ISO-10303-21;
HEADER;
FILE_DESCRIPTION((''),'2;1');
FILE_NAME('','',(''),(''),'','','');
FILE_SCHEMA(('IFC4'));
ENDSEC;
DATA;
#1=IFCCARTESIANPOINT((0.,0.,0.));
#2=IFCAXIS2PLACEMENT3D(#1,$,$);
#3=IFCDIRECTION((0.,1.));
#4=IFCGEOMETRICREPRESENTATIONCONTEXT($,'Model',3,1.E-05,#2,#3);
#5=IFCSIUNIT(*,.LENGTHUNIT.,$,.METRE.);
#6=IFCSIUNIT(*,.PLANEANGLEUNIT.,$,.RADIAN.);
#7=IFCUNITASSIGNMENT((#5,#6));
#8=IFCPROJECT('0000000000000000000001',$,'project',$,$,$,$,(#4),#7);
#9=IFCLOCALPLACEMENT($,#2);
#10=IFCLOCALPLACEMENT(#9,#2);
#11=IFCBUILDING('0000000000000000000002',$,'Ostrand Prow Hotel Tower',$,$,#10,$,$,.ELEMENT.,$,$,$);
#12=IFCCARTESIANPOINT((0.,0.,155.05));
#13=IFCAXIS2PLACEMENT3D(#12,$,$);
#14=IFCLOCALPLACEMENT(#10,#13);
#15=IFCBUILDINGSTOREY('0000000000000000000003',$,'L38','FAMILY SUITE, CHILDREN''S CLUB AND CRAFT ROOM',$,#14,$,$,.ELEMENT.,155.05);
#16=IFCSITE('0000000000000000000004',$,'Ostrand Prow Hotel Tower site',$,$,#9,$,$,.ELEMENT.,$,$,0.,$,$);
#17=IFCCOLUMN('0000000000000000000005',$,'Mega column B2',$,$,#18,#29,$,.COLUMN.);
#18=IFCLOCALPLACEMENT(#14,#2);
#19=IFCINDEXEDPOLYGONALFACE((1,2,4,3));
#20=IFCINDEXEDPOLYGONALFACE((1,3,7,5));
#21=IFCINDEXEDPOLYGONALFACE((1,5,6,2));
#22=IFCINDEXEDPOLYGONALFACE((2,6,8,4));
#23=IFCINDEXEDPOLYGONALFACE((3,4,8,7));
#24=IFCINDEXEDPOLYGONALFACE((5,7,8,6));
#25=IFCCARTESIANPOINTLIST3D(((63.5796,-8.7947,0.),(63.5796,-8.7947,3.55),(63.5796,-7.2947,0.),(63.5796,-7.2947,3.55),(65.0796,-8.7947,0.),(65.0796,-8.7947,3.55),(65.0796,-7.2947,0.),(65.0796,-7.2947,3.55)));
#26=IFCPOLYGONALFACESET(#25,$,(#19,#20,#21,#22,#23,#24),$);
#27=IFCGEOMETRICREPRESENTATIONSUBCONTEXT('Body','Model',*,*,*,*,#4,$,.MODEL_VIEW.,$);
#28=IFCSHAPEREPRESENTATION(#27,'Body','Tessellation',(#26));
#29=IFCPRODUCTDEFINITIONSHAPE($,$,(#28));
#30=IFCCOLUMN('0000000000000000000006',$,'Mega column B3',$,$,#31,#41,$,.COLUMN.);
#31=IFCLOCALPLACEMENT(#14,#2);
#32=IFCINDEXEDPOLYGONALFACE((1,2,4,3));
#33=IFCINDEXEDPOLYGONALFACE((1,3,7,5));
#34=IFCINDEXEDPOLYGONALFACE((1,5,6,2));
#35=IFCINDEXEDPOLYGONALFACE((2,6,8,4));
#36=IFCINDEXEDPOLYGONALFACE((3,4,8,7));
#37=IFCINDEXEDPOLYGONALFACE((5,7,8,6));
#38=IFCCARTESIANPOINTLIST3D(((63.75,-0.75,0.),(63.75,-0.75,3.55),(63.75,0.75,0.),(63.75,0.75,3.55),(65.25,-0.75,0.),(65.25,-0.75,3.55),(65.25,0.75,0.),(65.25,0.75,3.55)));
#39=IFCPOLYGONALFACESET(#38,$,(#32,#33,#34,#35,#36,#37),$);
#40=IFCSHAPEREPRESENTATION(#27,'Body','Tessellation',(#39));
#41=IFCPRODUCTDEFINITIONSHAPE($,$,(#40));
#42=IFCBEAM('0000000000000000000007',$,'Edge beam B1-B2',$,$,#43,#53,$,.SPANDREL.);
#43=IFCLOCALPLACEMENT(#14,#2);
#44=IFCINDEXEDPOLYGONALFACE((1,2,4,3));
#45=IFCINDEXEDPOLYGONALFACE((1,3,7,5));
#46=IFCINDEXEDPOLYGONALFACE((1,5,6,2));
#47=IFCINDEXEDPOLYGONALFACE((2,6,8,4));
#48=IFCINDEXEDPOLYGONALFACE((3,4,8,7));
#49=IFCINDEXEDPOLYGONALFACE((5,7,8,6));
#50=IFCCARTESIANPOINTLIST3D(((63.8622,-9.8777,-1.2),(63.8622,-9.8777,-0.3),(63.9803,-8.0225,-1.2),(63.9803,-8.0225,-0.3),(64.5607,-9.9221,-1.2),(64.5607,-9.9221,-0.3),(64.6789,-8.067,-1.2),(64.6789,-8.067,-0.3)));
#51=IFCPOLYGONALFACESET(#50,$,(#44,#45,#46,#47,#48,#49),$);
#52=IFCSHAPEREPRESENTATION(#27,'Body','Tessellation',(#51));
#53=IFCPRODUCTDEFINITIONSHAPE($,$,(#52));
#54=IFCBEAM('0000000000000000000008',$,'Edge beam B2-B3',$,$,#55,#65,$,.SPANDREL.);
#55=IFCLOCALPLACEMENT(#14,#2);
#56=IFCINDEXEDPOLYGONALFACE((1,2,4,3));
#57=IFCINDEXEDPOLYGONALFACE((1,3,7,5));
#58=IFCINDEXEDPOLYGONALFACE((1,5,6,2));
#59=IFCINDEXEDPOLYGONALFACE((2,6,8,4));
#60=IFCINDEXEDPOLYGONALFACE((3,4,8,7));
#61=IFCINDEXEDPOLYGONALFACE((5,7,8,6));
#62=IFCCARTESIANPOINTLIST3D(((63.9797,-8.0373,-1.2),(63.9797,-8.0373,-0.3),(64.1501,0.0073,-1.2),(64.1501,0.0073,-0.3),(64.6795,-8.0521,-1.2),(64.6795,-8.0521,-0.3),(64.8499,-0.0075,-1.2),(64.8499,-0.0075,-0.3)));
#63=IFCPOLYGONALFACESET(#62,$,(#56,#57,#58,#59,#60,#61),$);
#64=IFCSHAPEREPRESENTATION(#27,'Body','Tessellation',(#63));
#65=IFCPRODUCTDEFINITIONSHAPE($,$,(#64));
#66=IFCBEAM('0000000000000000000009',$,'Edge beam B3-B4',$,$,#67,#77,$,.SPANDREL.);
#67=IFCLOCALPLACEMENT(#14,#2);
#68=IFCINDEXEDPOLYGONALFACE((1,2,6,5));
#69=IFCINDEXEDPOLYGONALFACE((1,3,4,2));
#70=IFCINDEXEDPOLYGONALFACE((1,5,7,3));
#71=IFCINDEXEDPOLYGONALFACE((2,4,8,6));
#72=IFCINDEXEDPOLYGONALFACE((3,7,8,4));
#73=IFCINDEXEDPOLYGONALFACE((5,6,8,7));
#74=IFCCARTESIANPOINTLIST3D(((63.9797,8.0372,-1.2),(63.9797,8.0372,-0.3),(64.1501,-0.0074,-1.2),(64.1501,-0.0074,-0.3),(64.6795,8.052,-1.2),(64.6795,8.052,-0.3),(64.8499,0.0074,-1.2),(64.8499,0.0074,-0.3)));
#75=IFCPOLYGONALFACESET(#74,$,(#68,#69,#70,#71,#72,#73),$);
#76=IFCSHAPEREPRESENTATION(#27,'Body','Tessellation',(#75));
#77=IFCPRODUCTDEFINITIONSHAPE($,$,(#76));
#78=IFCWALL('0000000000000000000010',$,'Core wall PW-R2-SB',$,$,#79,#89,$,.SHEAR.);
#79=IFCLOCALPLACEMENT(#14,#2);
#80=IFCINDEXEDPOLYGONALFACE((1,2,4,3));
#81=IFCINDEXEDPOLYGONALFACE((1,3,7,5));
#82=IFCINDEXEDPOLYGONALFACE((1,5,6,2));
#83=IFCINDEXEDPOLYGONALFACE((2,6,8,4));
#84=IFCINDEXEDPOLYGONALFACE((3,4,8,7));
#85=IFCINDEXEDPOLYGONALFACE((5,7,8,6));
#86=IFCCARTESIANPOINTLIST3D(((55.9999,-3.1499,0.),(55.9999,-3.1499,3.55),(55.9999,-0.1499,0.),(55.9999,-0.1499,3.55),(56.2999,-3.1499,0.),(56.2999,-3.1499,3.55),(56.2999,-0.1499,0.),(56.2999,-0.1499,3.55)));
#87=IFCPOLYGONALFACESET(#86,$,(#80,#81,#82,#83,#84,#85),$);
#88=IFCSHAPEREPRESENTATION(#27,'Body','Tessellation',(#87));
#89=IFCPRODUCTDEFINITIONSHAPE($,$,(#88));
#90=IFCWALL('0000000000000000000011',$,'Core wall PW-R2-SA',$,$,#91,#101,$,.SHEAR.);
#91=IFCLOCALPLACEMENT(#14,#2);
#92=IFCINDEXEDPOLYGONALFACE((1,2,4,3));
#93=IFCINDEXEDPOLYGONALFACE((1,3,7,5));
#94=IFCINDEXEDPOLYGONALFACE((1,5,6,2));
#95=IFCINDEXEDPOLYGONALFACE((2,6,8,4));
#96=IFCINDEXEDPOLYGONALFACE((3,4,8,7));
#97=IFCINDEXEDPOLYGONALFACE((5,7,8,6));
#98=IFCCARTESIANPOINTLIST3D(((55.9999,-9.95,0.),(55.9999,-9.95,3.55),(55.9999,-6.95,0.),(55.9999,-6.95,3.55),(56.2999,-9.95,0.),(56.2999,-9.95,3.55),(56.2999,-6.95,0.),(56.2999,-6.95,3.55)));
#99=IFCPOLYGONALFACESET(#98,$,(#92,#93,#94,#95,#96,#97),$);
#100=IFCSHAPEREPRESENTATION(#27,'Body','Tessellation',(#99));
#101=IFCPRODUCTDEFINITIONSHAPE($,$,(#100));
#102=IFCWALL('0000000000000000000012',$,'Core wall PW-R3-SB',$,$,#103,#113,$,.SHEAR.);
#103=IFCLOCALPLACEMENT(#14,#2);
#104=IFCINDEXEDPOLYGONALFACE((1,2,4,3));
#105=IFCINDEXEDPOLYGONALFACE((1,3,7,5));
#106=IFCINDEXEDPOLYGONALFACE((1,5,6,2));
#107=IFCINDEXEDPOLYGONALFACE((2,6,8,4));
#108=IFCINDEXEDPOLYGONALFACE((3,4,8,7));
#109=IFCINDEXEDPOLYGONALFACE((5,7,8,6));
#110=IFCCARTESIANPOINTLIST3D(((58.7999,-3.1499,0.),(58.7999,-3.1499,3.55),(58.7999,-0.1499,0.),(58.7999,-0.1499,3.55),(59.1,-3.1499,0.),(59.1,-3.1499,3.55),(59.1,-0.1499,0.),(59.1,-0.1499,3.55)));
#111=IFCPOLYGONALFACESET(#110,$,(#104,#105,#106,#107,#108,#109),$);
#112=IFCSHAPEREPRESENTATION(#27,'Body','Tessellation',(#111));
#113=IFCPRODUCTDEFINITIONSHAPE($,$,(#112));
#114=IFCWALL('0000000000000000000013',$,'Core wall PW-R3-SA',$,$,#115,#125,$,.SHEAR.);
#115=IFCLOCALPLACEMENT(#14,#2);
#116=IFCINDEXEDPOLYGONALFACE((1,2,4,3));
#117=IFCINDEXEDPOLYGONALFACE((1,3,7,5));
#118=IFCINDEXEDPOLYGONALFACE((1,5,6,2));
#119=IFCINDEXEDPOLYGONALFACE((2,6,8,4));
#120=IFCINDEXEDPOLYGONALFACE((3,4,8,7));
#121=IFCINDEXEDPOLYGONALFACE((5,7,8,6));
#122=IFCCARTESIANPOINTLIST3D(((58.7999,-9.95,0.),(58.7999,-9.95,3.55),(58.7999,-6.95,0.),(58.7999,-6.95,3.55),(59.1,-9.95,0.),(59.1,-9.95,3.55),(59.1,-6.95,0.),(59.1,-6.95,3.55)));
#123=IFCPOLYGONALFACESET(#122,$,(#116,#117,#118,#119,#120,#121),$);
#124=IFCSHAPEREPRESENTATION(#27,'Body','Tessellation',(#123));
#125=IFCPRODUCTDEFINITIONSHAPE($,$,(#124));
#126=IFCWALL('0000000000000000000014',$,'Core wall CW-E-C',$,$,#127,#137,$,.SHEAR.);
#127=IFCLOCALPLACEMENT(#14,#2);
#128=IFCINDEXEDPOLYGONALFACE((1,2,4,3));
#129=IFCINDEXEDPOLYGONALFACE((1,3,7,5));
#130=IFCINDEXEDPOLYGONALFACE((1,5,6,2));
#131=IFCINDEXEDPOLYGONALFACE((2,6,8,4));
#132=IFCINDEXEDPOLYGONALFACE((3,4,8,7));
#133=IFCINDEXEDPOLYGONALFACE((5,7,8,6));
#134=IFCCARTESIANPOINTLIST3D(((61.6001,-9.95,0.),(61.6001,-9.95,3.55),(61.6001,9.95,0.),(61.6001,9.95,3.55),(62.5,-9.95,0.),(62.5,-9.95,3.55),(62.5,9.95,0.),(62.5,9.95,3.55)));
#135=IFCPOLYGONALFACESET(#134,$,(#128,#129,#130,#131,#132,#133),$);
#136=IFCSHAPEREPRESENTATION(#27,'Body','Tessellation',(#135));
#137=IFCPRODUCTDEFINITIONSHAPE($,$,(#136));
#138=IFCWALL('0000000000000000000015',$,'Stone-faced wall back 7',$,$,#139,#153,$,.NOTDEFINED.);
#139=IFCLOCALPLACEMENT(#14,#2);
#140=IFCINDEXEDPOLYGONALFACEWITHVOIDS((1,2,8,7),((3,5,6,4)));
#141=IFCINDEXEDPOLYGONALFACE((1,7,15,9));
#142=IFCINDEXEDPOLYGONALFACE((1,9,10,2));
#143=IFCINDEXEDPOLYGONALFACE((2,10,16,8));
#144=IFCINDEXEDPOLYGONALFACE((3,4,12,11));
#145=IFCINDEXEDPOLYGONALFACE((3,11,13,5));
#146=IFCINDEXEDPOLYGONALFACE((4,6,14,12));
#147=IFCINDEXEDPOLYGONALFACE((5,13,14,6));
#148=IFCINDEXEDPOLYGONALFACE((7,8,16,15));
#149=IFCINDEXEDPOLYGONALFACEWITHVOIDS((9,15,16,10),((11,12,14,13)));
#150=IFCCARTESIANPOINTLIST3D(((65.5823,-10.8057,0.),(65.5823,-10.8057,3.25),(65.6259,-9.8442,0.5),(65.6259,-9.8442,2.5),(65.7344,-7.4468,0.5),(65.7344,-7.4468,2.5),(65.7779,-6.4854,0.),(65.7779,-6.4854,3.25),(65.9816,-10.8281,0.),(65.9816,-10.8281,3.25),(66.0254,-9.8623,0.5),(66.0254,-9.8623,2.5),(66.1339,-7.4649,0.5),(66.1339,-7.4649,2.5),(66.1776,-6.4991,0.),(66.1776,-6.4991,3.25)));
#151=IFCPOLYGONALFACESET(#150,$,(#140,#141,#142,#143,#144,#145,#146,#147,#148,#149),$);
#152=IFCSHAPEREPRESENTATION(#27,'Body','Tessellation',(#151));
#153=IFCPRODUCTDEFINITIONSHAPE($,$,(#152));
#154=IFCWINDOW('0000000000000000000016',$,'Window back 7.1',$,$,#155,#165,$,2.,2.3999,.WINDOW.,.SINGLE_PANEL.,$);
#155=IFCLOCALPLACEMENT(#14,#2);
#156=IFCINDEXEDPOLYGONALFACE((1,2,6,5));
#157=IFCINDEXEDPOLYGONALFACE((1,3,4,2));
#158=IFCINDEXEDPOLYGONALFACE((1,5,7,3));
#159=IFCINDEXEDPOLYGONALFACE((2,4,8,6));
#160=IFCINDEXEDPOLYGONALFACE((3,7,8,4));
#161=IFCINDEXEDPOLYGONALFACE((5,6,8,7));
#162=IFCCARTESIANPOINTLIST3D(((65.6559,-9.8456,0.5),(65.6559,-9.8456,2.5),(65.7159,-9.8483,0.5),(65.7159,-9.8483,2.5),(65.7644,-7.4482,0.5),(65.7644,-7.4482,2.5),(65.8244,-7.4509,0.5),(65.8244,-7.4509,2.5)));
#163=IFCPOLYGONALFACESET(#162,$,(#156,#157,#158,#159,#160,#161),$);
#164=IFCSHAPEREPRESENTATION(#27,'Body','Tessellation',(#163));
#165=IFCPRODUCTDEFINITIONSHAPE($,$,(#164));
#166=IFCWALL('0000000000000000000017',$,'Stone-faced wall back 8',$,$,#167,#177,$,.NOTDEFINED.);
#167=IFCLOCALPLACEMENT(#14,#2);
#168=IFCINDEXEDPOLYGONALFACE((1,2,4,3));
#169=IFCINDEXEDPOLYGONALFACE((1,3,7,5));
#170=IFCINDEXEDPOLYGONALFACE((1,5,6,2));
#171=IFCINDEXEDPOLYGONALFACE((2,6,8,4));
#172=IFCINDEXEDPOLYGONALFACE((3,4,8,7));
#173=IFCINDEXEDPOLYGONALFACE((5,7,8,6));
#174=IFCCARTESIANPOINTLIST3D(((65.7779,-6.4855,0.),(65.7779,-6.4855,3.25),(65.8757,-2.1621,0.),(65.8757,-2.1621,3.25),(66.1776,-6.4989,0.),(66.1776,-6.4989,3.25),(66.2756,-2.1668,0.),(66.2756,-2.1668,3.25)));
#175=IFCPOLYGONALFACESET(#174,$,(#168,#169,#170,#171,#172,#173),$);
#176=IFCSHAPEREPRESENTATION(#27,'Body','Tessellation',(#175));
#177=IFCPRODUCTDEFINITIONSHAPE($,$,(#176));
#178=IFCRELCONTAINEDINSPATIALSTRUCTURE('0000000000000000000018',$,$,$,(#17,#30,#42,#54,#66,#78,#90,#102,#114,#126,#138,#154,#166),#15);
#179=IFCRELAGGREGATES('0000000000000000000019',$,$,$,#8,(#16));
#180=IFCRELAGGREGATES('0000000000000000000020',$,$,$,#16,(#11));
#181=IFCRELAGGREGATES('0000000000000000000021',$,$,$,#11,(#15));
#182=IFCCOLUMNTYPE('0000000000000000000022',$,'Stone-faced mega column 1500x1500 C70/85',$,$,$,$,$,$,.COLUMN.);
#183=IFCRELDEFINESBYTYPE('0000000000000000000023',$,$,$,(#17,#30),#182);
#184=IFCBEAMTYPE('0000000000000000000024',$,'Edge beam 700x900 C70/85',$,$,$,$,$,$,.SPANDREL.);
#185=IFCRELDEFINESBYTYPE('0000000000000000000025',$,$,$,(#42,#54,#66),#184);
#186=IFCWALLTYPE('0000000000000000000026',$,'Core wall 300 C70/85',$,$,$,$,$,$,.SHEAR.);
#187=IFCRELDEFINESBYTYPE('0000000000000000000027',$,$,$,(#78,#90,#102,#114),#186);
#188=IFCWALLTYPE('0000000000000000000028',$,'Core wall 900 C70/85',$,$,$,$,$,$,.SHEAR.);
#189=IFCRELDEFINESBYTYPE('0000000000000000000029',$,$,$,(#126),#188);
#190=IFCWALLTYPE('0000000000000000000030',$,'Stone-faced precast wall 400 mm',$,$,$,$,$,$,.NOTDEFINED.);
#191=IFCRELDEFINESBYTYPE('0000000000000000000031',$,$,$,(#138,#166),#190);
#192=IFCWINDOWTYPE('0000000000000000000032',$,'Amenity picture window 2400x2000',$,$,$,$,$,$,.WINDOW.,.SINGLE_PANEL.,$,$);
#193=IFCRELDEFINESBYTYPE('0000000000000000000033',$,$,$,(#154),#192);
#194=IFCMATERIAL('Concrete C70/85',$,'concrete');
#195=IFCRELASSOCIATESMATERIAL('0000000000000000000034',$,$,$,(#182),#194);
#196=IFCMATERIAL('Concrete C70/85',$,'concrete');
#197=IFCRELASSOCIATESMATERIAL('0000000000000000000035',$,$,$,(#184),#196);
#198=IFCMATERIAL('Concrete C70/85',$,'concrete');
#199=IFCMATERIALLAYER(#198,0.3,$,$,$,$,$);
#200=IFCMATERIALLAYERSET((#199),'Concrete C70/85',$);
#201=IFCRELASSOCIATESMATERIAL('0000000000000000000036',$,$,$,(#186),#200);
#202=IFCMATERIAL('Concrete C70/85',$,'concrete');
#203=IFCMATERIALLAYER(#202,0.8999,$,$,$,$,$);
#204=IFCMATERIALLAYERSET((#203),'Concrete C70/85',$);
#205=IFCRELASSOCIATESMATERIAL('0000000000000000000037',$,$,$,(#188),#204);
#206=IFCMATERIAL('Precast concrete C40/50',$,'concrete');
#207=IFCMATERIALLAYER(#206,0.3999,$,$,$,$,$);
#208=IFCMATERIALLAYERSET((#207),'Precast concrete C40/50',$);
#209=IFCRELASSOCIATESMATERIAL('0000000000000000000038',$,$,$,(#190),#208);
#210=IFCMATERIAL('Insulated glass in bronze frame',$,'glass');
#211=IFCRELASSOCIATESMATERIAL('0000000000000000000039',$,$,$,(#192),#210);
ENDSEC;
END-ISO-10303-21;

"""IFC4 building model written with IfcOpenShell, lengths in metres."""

from ifc_helpers import new_model, si_unit, direction, frame, frame_2d, origin, origin_2d, place, context, subcontext, project, spatial, polyline, rectangle, outline, extrude, material, layer, layer_set, material_profile, profile_set, type_object, element, fill, save


model = new_model("IFC4")

# Units and contexts
model_context = context("Model", 3, precision=1e-05, world=origin(), true_north=direction((0.0, 1.0)))
body_context = subcontext(model_context, "Body", "Model", "MODEL_VIEW")
ifc_project = project(units=[si_unit("LENGTHUNIT", "METRE"), si_unit("PLANEANGLEUNIT", "RADIAN")], contexts=[model_context])

# Site, building, storey
site_placement = place(None, origin())
site = spatial("IfcSite", under=ifc_project, at=site_placement, Name="Ostrand Prow Hotel Tower site", CompositionType="ELEMENT", RefElevation=0.0)
building_placement = place(site_placement, origin())
building = spatial("IfcBuilding", under=site, at=building_placement, Name="Ostrand Prow Hotel Tower", CompositionType="ELEMENT")
storey_placement = place(building_placement, frame((0.0, 0.0, 155.05)))
storey = spatial("IfcBuildingStorey", under=building, at=storey_placement, Name="L38", Description="FAMILY SUITE, CHILDREN'S CLUB AND CRAFT ROOM", CompositionType="ELEMENT", Elevation=155.05)

# Columns
ifc_material_1 = material(Name="Concrete C70/85", Category="concrete")
ifc_material_profile_1 = material_profile(ifc_material_1, rectangle(XDim=1.5, YDim=1.5, at=origin_2d()), Name="RC 1500x1500")
ifc_profile_set_1 = profile_set([ifc_material_profile_1], Name="Concrete C70/85")
column_type = type_object("IfcColumnType", Name="Stone-faced mega column 1500x1500 C70/85", PredefinedType="COLUMN", material=ifc_profile_set_1)
for number, where, z_axis, x_axis, name in (
    (1, (64.3296, -8.0447, 0.0), (0.0, 0.0, 1.0), (1.0, 0.0, 0.0), "Mega column B2"),
    (2, (64.5, 0.0, 0.0), (0.0, 0.0, 1.0), (1.0, 0.0, 0.0), "Mega column B3"),
):
    element("IfcColumn", number, at=place(storey_placement, frame(where, z_axis=z_axis, x_axis=x_axis)), inside=storey, type_object=column_type, Name=name, PredefinedType="COLUMN", context=body_context, shape_type="SweptSolid", body=[
        extrude(rectangle(XDim=1.5, YDim=1.5, at=origin_2d()), origin(), (0.0, 0.0, 1.0), 3.55),
    ])

# Beams
ifc_material_2 = material(Name="Concrete C70/85", Category="concrete")
ifc_material_profile_2 = material_profile(ifc_material_2, rectangle(XDim=0.7, YDim=0.8999, at=origin_2d()), Name="RC 700x900")
ifc_profile_set_2 = profile_set([ifc_material_profile_2], Name="Concrete C70/85")
beam_type = type_object("IfcBeamType", Name="Edge beam 700x900 C70/85", PredefinedType="SPANDREL", material=ifc_profile_set_2)
beam_placement = place(storey_placement, frame((64.2114, -9.8999, -0.75), z_axis=(0.063564, 0.997978, 0.0), x_axis=(-0.997978, 0.063564, 0.0)))
element("IfcBeam", 3, at=beam_placement, inside=storey, type_object=beam_type, Name="Edge beam B1-B2", PredefinedType="SPANDREL", context=body_context, shape_type="SweptSolid", body=[
    extrude(rectangle(XDim=0.7, YDim=0.8999, at=origin_2d()), origin(), (0.0, 0.0, 1.0), 1.8589),
])
for number, where, z_axis, x_axis, name in (
    (4, (64.3296, -8.0447, -0.75), (0.021178, 0.999776, 0.0), (-0.999776, 0.021178, 0.0), "Edge beam B2-B3"),
    (5, (64.5, 0.0, -0.75), (-0.021178, 0.999776, 0.0), (-0.999776, -0.021178, 0.0), "Edge beam B3-B4"),
):
    element("IfcBeam", number, at=place(storey_placement, frame(where, z_axis=z_axis, x_axis=x_axis)), inside=storey, type_object=beam_type, Name=name, PredefinedType="SPANDREL", context=body_context, shape_type="SweptSolid", body=[
        extrude(rectangle(XDim=0.7, YDim=0.8999, at=origin_2d()), origin(), (0.0, 0.0, 1.0), 8.0464),
    ])

# Walls
ifc_material_3 = material(Name="Concrete C70/85", Category="concrete")
ifc_layer_1 = layer(ifc_material_3, 0.3)
ifc_layer_set_1 = layer_set([ifc_layer_1], Name="Concrete C70/85")
wall_type_1 = type_object("IfcWallType", Name="Core wall 300 C70/85", PredefinedType="SHEAR", material=ifc_layer_set_1)
for number, where, z_axis, x_axis, name in (
    (6, (56.1499, -3.1499, 0.0), (0.0, 0.0, 1.0), (0.0, 1.0, 0.0), "Core wall PW-R2-SB"),
    (7, (56.1499, -9.95, 0.0), (0.0, 0.0, 1.0), (0.0, 1.0, 0.0), "Core wall PW-R2-SA"),
    (8, (58.95, -3.1499, 0.0), (0.0, 0.0, 1.0), (0.0, 1.0, 0.0), "Core wall PW-R3-SB"),
    (9, (58.95, -9.95, 0.0), (0.0, 0.0, 1.0), (0.0, 1.0, 0.0), "Core wall PW-R3-SA"),
):
    element("IfcWall", number, at=place(storey_placement, frame(where, z_axis=z_axis, x_axis=x_axis)), inside=storey, type_object=wall_type_1, Name=name, PredefinedType="SHEAR", context=body_context, shape_type="SweptSolid", body=[
        extrude(rectangle(XDim=3.0, YDim=0.3, at=frame_2d((1.5, 0.0))), origin(), (0.0, 0.0, 1.0), 3.55),
    ])
ifc_material_4 = material(Name="Concrete C70/85", Category="concrete")
ifc_layer_2 = layer(ifc_material_4, 0.8999)
ifc_layer_set_2 = layer_set([ifc_layer_2], Name="Concrete C70/85")
wall_type_2 = type_object("IfcWallType", Name="Core wall 900 C70/85", PredefinedType="SHEAR", material=ifc_layer_set_2)
wall_1_placement = place(storey_placement, frame((62.05, -9.95, 0.0), z_axis=(0.0, 0.0, 1.0), x_axis=(0.0, 1.0, 0.0)))
element("IfcWall", 10, at=wall_1_placement, inside=storey, type_object=wall_type_2, Name="Core wall CW-E-C", PredefinedType="SHEAR", context=body_context, shape_type="SweptSolid", body=[
    extrude(rectangle(XDim=19.8999, YDim=0.8999, at=frame_2d((9.95, 0.0))), origin(), (0.0, 0.0, 1.0), 3.55),
])

# Wall, opening, window
ifc_material_5 = material(Name="Precast concrete C40/50", Category="concrete")
ifc_layer_3 = layer(ifc_material_5, 0.3999)
ifc_layer_set_3 = layer_set([ifc_layer_3], Name="Precast concrete C40/50")
wall_type_3 = type_object("IfcWallType", Name="Stone-faced precast wall 400 mm", PredefinedType="NOTDEFINED", material=ifc_layer_set_3)
wall_2_placement = place(storey_placement, frame((65.782, -10.8169, 0.0), z_axis=(0.0, 0.0, 1.0), x_axis=(0.045229, 0.998977, 0.0)))
wall_2 = element("IfcWall", 11, at=wall_2_placement, inside=storey, type_object=wall_type_3, Name="Stone-faced wall back 7", PredefinedType="NOTDEFINED", context=body_context, shape_type="SweptSolid", body=[
    extrude(outline(polyline([(-0.0022, -0.2), (4.3313, -0.2), (4.3269, 0.2), (0.0022, 0.2), (-0.0022, -0.2)])), origin(), (0.0, 0.0, 1.0), 3.25),
])
opening_1_placement = place(wall_2_placement, frame((0.9646, 0.0, 0.5)))
opening_1 = element("IfcOpeningElement", 12, at=opening_1_placement, cuts=wall_2, PredefinedType="OPENING", context=body_context, shape_type="SweptSolid", body=[
    extrude(rectangle(XDim=2.3999, YDim=2.0, at=frame_2d((1.2, 1.0))), frame((0.0, 0.21, 0.0), z_axis=(0.0, -1.0, 0.0), x_axis=(1.0, 0.0, 0.0)), (0.0, 0.0, 1.0), 0.4199),
])
ifc_material_6 = material(Name="Insulated glass in bronze frame", Category="glass")
window_type = type_object("IfcWindowType", Name="Amenity picture window 2400x2000", PartitioningType="SINGLE_PANEL", PredefinedType="WINDOW", material=ifc_material_6)
window_1_placement = place(opening_1_placement, origin())
window_1 = element("IfcWindow", 13, at=window_1_placement, inside=storey, type_object=window_type, Name="Window back 7.1", OverallHeight=2.0, OverallWidth=2.3999, PartitioningType="SINGLE_PANEL", PredefinedType="WINDOW", context=body_context, shape_type="SweptSolid", body=[
    extrude(rectangle(XDim=2.3999, YDim=2.0, at=frame_2d((1.2, 1.0))), frame((0.0, 0.1699, 0.0), z_axis=(0.0, -1.0, 0.0), x_axis=(1.0, 0.0, 0.0)), (0.0, 0.0, 1.0), 0.0601),
])
fill(opening_1, window_1)

# Wall
wall_3_placement = place(storey_placement, frame((65.9778, -6.4922, 0.0), z_axis=(0.0, 0.0, 1.0), x_axis=(0.022616, 0.999744, 0.0)))
element("IfcWall", 14, at=wall_3_placement, inside=storey, type_object=wall_type_3, Name="Stone-faced wall back 8", PredefinedType="NOTDEFINED", context=body_context, shape_type="SweptSolid", body=[
    extrude(outline(polyline([(-0.0022, -0.2), (4.3311, -0.2), (4.3267, 0.2), (0.0022, 0.2), (-0.0022, -0.2)])), origin(), (0.0, 0.0, 1.0), 3.25),
])

save(model, "model.ifc")
